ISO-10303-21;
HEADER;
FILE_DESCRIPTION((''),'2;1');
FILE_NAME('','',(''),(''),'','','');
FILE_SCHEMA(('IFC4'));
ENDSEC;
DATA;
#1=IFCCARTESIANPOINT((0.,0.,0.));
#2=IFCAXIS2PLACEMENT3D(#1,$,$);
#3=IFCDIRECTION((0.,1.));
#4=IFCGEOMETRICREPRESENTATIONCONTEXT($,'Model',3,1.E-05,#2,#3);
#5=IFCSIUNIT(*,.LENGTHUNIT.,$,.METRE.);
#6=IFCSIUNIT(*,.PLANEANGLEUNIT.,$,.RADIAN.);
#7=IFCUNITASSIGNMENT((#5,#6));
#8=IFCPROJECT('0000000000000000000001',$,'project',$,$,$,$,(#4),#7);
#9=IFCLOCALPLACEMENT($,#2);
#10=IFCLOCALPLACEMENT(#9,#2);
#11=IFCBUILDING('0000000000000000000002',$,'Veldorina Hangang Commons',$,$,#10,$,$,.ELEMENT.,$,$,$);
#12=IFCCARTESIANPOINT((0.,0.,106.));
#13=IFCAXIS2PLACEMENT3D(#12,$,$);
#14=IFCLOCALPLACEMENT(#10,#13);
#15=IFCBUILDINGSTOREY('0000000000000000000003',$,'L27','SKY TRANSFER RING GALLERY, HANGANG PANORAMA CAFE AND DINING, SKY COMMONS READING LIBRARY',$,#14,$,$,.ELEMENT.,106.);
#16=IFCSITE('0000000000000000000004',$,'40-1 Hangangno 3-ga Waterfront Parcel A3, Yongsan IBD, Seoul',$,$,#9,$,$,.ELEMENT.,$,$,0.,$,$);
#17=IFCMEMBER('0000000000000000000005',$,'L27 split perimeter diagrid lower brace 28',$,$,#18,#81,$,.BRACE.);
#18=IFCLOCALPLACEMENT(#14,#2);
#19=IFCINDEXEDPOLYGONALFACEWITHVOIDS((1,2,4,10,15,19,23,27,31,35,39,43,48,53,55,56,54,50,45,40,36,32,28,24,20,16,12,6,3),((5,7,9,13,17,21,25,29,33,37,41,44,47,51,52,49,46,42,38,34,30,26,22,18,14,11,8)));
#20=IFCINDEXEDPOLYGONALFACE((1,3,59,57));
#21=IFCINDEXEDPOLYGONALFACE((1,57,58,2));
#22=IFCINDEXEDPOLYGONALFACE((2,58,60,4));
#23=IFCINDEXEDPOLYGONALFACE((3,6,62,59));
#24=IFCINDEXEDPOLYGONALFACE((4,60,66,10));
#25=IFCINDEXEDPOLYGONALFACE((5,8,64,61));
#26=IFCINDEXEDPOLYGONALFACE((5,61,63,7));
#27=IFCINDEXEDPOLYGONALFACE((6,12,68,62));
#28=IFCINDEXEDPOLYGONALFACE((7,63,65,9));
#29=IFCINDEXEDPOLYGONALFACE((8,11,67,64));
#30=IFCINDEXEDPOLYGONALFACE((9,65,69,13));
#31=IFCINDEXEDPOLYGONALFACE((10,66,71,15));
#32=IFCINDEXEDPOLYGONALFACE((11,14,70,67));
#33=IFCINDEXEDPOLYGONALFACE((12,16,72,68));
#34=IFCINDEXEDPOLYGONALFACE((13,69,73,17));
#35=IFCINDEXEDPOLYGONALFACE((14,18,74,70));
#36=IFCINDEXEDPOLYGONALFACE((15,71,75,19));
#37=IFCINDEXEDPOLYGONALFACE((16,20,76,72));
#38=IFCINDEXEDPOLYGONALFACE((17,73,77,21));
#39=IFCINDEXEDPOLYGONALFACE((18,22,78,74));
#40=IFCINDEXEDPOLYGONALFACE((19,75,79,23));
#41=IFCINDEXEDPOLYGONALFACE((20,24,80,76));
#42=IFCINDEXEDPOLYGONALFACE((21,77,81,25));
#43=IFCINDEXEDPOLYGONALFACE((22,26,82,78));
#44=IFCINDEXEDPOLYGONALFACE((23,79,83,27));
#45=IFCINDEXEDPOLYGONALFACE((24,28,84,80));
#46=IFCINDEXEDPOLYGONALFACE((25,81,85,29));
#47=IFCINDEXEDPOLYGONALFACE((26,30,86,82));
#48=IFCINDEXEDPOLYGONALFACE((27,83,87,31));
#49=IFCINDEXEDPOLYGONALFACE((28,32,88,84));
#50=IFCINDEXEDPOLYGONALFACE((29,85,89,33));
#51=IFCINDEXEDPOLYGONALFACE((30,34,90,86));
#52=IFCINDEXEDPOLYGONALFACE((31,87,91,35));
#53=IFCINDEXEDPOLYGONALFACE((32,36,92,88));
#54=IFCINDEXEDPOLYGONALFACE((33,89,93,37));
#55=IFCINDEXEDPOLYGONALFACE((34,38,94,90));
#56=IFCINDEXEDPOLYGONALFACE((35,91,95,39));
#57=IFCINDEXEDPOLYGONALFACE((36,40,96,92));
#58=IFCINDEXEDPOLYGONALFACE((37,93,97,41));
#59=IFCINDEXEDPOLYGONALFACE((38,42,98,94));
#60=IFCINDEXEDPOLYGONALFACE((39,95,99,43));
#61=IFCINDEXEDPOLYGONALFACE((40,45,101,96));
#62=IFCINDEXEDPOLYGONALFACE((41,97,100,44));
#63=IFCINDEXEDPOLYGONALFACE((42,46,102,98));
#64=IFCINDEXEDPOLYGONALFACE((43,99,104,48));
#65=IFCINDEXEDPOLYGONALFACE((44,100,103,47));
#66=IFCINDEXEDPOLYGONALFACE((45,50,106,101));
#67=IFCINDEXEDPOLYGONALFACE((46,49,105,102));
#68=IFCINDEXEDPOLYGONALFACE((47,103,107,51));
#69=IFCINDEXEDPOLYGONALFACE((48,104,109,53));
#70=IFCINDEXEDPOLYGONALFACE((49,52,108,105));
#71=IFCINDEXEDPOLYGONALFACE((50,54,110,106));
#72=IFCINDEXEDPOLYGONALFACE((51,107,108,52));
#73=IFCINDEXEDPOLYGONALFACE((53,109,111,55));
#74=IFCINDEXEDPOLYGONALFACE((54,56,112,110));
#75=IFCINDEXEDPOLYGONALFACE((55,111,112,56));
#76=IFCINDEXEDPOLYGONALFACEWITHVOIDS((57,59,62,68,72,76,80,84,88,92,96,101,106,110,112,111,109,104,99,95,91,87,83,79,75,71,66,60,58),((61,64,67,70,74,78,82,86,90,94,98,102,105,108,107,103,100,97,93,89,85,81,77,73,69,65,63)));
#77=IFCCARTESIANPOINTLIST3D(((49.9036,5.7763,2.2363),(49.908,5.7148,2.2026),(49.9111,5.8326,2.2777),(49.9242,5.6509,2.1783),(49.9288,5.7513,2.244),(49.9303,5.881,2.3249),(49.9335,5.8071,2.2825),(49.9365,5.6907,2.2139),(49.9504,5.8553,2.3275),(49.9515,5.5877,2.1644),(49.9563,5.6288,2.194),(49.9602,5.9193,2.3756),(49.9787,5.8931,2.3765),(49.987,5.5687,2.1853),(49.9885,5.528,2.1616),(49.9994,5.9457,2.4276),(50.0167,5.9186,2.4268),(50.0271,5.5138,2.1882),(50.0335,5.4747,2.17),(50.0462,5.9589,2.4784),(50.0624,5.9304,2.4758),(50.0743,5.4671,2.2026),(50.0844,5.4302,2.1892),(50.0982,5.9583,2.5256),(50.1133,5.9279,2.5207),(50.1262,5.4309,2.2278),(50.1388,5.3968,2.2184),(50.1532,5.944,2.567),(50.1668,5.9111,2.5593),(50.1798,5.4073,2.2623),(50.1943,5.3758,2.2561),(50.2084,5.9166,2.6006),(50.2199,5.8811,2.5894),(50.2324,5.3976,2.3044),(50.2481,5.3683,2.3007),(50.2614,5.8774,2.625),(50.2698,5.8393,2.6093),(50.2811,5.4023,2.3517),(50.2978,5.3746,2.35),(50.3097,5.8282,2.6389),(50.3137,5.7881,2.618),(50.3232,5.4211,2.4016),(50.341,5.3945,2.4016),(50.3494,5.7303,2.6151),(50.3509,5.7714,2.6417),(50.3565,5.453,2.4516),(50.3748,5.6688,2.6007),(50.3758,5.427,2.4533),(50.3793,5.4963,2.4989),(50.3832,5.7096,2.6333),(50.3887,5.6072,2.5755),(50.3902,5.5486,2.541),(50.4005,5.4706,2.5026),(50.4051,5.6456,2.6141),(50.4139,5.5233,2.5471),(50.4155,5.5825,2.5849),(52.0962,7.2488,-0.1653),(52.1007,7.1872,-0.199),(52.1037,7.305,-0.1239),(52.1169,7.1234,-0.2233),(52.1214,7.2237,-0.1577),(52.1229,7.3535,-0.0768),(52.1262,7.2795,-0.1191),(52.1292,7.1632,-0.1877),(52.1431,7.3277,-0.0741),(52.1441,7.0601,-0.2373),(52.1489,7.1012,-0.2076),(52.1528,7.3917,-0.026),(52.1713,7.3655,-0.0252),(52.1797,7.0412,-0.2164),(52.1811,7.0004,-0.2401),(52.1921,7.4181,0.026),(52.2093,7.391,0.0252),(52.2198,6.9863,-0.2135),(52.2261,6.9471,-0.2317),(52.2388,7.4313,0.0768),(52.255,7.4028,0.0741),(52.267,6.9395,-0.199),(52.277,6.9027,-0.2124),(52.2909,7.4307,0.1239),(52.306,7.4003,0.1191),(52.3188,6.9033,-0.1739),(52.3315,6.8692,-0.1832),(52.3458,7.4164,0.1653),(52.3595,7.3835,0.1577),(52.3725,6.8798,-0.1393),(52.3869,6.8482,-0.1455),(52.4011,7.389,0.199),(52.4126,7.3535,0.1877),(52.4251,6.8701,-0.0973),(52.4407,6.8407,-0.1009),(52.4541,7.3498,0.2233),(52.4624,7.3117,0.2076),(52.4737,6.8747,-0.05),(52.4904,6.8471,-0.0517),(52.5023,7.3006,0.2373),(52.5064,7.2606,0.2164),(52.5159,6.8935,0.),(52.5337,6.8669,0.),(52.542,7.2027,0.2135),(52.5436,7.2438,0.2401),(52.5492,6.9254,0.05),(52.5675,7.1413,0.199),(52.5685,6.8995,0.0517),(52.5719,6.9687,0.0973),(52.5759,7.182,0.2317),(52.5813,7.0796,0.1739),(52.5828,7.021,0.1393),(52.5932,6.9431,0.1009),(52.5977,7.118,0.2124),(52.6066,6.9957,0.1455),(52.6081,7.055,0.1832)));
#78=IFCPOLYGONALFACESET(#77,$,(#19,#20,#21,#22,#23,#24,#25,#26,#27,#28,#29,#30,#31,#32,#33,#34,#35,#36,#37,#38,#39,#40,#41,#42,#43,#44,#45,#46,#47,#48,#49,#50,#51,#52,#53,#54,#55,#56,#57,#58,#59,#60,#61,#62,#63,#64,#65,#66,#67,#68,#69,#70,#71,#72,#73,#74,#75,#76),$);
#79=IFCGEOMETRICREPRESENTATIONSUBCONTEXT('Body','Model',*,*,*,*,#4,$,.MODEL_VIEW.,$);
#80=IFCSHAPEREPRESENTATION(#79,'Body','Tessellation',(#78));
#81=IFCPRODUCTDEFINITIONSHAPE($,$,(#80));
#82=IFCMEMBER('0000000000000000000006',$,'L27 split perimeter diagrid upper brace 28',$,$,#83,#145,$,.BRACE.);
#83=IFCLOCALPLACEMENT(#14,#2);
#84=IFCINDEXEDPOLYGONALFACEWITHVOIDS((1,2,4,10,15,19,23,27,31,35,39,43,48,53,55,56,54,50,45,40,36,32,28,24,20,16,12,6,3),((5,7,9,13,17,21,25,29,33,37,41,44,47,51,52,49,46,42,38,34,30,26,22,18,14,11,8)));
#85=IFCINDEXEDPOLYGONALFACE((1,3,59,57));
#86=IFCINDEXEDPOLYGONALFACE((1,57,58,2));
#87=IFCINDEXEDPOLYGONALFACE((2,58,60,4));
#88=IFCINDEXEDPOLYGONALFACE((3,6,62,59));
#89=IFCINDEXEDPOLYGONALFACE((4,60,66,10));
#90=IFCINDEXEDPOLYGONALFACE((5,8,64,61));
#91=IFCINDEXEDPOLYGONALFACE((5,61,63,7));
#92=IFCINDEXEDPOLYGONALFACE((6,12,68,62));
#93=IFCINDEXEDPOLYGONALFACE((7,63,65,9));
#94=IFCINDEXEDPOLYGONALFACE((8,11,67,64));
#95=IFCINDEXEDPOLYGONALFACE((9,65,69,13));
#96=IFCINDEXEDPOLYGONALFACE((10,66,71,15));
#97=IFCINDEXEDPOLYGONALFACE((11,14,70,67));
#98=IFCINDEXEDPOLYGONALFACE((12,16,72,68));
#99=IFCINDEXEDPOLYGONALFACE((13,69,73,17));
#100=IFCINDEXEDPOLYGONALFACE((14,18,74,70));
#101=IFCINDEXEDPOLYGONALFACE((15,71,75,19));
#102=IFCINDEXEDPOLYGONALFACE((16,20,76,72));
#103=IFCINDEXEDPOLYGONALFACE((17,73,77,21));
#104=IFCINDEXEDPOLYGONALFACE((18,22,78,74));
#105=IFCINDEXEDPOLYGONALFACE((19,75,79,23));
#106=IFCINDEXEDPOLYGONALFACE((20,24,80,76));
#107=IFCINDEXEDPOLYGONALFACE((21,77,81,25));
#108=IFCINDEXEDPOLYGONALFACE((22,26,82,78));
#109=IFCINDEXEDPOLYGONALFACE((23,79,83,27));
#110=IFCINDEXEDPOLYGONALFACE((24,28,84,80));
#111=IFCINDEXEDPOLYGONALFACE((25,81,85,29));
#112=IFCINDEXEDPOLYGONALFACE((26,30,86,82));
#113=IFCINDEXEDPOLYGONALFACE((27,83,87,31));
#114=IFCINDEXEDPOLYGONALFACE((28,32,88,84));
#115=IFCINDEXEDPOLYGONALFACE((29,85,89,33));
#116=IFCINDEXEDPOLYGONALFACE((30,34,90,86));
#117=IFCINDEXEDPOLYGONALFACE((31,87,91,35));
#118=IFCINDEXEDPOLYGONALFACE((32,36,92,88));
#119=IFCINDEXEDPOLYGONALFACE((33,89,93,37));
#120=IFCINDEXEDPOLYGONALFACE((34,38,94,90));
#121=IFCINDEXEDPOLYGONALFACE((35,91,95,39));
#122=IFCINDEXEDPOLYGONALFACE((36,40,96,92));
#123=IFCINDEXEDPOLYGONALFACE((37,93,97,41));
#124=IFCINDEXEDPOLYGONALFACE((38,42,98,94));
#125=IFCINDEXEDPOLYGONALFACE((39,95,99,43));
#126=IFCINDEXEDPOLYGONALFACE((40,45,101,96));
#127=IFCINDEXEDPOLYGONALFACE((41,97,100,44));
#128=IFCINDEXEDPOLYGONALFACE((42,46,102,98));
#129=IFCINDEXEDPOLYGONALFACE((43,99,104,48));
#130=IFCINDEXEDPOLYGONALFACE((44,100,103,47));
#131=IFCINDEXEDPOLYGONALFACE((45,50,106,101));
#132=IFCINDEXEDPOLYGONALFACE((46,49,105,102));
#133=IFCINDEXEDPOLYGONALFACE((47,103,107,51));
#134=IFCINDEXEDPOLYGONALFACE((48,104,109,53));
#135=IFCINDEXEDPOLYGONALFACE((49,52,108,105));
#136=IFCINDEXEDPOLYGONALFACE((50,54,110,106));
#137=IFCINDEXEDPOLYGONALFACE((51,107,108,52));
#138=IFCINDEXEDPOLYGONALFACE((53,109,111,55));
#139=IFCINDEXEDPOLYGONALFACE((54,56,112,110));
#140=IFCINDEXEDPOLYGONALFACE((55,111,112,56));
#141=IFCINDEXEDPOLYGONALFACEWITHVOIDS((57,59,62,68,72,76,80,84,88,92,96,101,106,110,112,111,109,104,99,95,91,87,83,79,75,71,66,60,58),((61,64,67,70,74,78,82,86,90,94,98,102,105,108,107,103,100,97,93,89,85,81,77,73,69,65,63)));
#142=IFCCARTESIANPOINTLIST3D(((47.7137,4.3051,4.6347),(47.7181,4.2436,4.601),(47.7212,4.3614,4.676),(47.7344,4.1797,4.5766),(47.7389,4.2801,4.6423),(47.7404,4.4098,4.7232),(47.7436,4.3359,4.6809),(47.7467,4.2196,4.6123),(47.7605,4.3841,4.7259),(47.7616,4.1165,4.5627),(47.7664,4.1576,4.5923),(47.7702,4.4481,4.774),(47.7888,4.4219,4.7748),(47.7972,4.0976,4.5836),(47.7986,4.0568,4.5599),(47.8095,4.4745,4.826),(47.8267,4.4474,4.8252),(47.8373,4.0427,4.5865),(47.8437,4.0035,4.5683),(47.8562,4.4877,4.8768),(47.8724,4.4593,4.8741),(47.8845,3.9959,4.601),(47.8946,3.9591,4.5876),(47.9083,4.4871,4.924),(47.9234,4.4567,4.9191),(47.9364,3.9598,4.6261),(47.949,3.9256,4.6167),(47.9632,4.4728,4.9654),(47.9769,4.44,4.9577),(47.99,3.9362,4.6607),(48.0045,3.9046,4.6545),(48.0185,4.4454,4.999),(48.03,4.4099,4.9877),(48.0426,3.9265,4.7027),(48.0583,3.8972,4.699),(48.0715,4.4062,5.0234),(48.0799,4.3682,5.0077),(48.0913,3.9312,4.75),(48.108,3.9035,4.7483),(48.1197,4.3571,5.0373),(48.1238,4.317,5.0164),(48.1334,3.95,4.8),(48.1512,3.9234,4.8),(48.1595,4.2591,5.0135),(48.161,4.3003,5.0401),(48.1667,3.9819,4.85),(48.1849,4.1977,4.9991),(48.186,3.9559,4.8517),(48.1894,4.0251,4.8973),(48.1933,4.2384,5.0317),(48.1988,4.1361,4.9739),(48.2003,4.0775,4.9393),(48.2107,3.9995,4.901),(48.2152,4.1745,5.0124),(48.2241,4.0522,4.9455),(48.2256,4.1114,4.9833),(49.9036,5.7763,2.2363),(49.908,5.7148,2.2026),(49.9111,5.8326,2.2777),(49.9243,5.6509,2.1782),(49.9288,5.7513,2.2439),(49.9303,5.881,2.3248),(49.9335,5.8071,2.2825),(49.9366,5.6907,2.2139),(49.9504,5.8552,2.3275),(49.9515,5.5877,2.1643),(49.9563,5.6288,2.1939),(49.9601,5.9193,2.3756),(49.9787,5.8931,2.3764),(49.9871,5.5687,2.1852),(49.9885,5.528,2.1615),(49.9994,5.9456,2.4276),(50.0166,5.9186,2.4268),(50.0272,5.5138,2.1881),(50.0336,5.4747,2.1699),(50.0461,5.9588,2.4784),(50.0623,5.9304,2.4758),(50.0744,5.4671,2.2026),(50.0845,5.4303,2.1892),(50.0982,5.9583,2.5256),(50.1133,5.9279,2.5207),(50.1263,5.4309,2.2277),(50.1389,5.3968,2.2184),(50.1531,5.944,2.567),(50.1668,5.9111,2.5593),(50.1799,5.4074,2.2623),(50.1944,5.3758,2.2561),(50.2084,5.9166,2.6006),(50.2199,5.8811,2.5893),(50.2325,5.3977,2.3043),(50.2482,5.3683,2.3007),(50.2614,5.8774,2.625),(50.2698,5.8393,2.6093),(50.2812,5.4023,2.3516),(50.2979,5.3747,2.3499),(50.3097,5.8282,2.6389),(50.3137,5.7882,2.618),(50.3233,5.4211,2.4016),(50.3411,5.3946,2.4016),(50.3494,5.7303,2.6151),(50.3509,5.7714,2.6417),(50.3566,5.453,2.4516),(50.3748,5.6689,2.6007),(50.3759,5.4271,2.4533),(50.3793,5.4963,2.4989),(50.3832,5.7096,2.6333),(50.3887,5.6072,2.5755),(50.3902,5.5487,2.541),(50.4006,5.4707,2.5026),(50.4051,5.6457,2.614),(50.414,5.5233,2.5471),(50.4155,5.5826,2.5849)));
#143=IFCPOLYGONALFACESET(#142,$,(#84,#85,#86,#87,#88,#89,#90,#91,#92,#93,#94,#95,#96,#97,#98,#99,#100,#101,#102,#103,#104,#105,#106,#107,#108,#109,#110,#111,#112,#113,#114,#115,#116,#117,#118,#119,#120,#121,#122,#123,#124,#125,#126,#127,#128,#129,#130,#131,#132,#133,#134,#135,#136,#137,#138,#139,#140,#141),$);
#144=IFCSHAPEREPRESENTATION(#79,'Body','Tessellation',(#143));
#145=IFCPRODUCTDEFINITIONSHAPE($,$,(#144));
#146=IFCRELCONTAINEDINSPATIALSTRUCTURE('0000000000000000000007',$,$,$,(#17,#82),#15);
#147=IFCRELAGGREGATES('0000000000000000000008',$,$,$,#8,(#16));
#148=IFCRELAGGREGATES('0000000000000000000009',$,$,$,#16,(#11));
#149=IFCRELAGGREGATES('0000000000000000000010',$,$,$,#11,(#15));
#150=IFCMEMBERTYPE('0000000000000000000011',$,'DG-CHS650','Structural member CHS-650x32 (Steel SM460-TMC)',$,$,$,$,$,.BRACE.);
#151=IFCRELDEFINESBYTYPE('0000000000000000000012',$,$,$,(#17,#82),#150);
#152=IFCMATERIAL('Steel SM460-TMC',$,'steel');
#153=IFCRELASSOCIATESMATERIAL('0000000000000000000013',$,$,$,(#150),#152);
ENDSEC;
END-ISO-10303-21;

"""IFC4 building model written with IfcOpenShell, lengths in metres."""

from ifc_helpers import new_model, si_unit, direction, frame, origin, origin_2d, place, context, subcontext, project, spatial, hollow_circle, extrude, material, material_profile, profile_set, type_object, element, save


model = new_model("IFC4")

# Units and contexts
model_context = context("Model", 3, precision=1e-05, world=origin(), true_north=direction((0.0, 1.0)))
body_context = subcontext(model_context, "Body", "Model", "MODEL_VIEW")
ifc_project = project(units=[si_unit("LENGTHUNIT", "METRE"), si_unit("PLANEANGLEUNIT", "RADIAN")], contexts=[model_context])

# Site, building, storey
site_placement = place(None, origin())
site = spatial("IfcSite", under=ifc_project, at=site_placement, Name="40-1 Hangangno 3-ga Waterfront Parcel A3, Yongsan IBD, Seoul", CompositionType="ELEMENT", RefElevation=0.0)
building_placement = place(site_placement, origin())
building = spatial("IfcBuilding", under=site, at=building_placement, Name="Veldorina Hangang Commons", CompositionType="ELEMENT")
storey_placement = place(building_placement, frame((0.0, 0.0, 106.0)))
storey = spatial("IfcBuildingStorey", under=building, at=storey_placement, Name="L27", Description="SKY TRANSFER RING GALLERY, HANGANG PANORAMA CAFE AND DINING, SKY COMMONS READING LIBRARY", CompositionType="ELEMENT", Elevation=106.0)

# Members
ifc_material_1 = material(Name="Steel SM460-TMC", Category="steel")
ifc_material_profile_1 = material_profile(ifc_material_1, hollow_circle(Radius=0.325, WallThickness=0.032, at=origin_2d()), Name="CHS-650x32")
ifc_profile_set_1 = profile_set([ifc_material_profile_1], Name="Steel SM460-TMC")
member_type_1 = type_object("IfcMemberType", Name="DG-CHS650", Description="Structural member CHS-650x32 (Steel SM460-TMC)", PredefinedType="BRACE", material=ifc_profile_set_1)
member_1_placement = place(storey_placement, frame((52.3525, 7.1367, 0.0), z_axis=(-0.614219, -0.412465, 0.672761), x_axis=(0.557492, -0.830183, 0.0)))
element("IfcMember", 1, at=member_1_placement, inside=storey, type_object=member_type_1, Name="L27 split perimeter diagrid lower brace 28", PredefinedType="BRACE", context=body_context, shape_type="SweptSolid", body=[
    extrude(hollow_circle(Radius=0.325, WallThickness=0.032, at=origin_2d()), origin(), (0.0, 0.0, 1.0), 3.5698),
])
member_2_placement = place(storey_placement, frame((50.1599, 5.6643, 2.4016), z_axis=(-0.614204, -0.412619, 0.67268), x_axis=(0.557644, -0.83008, 0.0)))
element("IfcMember", 2, at=member_2_placement, inside=storey, type_object=member_type_1, Name="L27 split perimeter diagrid upper brace 28", PredefinedType="BRACE", context=body_context, shape_type="SweptSolid", body=[
    extrude(hollow_circle(Radius=0.325, WallThickness=0.032, at=origin_2d()), origin(), (0.0, 0.0, 1.0), 3.5654),
])

save(model, "model.ifc")
